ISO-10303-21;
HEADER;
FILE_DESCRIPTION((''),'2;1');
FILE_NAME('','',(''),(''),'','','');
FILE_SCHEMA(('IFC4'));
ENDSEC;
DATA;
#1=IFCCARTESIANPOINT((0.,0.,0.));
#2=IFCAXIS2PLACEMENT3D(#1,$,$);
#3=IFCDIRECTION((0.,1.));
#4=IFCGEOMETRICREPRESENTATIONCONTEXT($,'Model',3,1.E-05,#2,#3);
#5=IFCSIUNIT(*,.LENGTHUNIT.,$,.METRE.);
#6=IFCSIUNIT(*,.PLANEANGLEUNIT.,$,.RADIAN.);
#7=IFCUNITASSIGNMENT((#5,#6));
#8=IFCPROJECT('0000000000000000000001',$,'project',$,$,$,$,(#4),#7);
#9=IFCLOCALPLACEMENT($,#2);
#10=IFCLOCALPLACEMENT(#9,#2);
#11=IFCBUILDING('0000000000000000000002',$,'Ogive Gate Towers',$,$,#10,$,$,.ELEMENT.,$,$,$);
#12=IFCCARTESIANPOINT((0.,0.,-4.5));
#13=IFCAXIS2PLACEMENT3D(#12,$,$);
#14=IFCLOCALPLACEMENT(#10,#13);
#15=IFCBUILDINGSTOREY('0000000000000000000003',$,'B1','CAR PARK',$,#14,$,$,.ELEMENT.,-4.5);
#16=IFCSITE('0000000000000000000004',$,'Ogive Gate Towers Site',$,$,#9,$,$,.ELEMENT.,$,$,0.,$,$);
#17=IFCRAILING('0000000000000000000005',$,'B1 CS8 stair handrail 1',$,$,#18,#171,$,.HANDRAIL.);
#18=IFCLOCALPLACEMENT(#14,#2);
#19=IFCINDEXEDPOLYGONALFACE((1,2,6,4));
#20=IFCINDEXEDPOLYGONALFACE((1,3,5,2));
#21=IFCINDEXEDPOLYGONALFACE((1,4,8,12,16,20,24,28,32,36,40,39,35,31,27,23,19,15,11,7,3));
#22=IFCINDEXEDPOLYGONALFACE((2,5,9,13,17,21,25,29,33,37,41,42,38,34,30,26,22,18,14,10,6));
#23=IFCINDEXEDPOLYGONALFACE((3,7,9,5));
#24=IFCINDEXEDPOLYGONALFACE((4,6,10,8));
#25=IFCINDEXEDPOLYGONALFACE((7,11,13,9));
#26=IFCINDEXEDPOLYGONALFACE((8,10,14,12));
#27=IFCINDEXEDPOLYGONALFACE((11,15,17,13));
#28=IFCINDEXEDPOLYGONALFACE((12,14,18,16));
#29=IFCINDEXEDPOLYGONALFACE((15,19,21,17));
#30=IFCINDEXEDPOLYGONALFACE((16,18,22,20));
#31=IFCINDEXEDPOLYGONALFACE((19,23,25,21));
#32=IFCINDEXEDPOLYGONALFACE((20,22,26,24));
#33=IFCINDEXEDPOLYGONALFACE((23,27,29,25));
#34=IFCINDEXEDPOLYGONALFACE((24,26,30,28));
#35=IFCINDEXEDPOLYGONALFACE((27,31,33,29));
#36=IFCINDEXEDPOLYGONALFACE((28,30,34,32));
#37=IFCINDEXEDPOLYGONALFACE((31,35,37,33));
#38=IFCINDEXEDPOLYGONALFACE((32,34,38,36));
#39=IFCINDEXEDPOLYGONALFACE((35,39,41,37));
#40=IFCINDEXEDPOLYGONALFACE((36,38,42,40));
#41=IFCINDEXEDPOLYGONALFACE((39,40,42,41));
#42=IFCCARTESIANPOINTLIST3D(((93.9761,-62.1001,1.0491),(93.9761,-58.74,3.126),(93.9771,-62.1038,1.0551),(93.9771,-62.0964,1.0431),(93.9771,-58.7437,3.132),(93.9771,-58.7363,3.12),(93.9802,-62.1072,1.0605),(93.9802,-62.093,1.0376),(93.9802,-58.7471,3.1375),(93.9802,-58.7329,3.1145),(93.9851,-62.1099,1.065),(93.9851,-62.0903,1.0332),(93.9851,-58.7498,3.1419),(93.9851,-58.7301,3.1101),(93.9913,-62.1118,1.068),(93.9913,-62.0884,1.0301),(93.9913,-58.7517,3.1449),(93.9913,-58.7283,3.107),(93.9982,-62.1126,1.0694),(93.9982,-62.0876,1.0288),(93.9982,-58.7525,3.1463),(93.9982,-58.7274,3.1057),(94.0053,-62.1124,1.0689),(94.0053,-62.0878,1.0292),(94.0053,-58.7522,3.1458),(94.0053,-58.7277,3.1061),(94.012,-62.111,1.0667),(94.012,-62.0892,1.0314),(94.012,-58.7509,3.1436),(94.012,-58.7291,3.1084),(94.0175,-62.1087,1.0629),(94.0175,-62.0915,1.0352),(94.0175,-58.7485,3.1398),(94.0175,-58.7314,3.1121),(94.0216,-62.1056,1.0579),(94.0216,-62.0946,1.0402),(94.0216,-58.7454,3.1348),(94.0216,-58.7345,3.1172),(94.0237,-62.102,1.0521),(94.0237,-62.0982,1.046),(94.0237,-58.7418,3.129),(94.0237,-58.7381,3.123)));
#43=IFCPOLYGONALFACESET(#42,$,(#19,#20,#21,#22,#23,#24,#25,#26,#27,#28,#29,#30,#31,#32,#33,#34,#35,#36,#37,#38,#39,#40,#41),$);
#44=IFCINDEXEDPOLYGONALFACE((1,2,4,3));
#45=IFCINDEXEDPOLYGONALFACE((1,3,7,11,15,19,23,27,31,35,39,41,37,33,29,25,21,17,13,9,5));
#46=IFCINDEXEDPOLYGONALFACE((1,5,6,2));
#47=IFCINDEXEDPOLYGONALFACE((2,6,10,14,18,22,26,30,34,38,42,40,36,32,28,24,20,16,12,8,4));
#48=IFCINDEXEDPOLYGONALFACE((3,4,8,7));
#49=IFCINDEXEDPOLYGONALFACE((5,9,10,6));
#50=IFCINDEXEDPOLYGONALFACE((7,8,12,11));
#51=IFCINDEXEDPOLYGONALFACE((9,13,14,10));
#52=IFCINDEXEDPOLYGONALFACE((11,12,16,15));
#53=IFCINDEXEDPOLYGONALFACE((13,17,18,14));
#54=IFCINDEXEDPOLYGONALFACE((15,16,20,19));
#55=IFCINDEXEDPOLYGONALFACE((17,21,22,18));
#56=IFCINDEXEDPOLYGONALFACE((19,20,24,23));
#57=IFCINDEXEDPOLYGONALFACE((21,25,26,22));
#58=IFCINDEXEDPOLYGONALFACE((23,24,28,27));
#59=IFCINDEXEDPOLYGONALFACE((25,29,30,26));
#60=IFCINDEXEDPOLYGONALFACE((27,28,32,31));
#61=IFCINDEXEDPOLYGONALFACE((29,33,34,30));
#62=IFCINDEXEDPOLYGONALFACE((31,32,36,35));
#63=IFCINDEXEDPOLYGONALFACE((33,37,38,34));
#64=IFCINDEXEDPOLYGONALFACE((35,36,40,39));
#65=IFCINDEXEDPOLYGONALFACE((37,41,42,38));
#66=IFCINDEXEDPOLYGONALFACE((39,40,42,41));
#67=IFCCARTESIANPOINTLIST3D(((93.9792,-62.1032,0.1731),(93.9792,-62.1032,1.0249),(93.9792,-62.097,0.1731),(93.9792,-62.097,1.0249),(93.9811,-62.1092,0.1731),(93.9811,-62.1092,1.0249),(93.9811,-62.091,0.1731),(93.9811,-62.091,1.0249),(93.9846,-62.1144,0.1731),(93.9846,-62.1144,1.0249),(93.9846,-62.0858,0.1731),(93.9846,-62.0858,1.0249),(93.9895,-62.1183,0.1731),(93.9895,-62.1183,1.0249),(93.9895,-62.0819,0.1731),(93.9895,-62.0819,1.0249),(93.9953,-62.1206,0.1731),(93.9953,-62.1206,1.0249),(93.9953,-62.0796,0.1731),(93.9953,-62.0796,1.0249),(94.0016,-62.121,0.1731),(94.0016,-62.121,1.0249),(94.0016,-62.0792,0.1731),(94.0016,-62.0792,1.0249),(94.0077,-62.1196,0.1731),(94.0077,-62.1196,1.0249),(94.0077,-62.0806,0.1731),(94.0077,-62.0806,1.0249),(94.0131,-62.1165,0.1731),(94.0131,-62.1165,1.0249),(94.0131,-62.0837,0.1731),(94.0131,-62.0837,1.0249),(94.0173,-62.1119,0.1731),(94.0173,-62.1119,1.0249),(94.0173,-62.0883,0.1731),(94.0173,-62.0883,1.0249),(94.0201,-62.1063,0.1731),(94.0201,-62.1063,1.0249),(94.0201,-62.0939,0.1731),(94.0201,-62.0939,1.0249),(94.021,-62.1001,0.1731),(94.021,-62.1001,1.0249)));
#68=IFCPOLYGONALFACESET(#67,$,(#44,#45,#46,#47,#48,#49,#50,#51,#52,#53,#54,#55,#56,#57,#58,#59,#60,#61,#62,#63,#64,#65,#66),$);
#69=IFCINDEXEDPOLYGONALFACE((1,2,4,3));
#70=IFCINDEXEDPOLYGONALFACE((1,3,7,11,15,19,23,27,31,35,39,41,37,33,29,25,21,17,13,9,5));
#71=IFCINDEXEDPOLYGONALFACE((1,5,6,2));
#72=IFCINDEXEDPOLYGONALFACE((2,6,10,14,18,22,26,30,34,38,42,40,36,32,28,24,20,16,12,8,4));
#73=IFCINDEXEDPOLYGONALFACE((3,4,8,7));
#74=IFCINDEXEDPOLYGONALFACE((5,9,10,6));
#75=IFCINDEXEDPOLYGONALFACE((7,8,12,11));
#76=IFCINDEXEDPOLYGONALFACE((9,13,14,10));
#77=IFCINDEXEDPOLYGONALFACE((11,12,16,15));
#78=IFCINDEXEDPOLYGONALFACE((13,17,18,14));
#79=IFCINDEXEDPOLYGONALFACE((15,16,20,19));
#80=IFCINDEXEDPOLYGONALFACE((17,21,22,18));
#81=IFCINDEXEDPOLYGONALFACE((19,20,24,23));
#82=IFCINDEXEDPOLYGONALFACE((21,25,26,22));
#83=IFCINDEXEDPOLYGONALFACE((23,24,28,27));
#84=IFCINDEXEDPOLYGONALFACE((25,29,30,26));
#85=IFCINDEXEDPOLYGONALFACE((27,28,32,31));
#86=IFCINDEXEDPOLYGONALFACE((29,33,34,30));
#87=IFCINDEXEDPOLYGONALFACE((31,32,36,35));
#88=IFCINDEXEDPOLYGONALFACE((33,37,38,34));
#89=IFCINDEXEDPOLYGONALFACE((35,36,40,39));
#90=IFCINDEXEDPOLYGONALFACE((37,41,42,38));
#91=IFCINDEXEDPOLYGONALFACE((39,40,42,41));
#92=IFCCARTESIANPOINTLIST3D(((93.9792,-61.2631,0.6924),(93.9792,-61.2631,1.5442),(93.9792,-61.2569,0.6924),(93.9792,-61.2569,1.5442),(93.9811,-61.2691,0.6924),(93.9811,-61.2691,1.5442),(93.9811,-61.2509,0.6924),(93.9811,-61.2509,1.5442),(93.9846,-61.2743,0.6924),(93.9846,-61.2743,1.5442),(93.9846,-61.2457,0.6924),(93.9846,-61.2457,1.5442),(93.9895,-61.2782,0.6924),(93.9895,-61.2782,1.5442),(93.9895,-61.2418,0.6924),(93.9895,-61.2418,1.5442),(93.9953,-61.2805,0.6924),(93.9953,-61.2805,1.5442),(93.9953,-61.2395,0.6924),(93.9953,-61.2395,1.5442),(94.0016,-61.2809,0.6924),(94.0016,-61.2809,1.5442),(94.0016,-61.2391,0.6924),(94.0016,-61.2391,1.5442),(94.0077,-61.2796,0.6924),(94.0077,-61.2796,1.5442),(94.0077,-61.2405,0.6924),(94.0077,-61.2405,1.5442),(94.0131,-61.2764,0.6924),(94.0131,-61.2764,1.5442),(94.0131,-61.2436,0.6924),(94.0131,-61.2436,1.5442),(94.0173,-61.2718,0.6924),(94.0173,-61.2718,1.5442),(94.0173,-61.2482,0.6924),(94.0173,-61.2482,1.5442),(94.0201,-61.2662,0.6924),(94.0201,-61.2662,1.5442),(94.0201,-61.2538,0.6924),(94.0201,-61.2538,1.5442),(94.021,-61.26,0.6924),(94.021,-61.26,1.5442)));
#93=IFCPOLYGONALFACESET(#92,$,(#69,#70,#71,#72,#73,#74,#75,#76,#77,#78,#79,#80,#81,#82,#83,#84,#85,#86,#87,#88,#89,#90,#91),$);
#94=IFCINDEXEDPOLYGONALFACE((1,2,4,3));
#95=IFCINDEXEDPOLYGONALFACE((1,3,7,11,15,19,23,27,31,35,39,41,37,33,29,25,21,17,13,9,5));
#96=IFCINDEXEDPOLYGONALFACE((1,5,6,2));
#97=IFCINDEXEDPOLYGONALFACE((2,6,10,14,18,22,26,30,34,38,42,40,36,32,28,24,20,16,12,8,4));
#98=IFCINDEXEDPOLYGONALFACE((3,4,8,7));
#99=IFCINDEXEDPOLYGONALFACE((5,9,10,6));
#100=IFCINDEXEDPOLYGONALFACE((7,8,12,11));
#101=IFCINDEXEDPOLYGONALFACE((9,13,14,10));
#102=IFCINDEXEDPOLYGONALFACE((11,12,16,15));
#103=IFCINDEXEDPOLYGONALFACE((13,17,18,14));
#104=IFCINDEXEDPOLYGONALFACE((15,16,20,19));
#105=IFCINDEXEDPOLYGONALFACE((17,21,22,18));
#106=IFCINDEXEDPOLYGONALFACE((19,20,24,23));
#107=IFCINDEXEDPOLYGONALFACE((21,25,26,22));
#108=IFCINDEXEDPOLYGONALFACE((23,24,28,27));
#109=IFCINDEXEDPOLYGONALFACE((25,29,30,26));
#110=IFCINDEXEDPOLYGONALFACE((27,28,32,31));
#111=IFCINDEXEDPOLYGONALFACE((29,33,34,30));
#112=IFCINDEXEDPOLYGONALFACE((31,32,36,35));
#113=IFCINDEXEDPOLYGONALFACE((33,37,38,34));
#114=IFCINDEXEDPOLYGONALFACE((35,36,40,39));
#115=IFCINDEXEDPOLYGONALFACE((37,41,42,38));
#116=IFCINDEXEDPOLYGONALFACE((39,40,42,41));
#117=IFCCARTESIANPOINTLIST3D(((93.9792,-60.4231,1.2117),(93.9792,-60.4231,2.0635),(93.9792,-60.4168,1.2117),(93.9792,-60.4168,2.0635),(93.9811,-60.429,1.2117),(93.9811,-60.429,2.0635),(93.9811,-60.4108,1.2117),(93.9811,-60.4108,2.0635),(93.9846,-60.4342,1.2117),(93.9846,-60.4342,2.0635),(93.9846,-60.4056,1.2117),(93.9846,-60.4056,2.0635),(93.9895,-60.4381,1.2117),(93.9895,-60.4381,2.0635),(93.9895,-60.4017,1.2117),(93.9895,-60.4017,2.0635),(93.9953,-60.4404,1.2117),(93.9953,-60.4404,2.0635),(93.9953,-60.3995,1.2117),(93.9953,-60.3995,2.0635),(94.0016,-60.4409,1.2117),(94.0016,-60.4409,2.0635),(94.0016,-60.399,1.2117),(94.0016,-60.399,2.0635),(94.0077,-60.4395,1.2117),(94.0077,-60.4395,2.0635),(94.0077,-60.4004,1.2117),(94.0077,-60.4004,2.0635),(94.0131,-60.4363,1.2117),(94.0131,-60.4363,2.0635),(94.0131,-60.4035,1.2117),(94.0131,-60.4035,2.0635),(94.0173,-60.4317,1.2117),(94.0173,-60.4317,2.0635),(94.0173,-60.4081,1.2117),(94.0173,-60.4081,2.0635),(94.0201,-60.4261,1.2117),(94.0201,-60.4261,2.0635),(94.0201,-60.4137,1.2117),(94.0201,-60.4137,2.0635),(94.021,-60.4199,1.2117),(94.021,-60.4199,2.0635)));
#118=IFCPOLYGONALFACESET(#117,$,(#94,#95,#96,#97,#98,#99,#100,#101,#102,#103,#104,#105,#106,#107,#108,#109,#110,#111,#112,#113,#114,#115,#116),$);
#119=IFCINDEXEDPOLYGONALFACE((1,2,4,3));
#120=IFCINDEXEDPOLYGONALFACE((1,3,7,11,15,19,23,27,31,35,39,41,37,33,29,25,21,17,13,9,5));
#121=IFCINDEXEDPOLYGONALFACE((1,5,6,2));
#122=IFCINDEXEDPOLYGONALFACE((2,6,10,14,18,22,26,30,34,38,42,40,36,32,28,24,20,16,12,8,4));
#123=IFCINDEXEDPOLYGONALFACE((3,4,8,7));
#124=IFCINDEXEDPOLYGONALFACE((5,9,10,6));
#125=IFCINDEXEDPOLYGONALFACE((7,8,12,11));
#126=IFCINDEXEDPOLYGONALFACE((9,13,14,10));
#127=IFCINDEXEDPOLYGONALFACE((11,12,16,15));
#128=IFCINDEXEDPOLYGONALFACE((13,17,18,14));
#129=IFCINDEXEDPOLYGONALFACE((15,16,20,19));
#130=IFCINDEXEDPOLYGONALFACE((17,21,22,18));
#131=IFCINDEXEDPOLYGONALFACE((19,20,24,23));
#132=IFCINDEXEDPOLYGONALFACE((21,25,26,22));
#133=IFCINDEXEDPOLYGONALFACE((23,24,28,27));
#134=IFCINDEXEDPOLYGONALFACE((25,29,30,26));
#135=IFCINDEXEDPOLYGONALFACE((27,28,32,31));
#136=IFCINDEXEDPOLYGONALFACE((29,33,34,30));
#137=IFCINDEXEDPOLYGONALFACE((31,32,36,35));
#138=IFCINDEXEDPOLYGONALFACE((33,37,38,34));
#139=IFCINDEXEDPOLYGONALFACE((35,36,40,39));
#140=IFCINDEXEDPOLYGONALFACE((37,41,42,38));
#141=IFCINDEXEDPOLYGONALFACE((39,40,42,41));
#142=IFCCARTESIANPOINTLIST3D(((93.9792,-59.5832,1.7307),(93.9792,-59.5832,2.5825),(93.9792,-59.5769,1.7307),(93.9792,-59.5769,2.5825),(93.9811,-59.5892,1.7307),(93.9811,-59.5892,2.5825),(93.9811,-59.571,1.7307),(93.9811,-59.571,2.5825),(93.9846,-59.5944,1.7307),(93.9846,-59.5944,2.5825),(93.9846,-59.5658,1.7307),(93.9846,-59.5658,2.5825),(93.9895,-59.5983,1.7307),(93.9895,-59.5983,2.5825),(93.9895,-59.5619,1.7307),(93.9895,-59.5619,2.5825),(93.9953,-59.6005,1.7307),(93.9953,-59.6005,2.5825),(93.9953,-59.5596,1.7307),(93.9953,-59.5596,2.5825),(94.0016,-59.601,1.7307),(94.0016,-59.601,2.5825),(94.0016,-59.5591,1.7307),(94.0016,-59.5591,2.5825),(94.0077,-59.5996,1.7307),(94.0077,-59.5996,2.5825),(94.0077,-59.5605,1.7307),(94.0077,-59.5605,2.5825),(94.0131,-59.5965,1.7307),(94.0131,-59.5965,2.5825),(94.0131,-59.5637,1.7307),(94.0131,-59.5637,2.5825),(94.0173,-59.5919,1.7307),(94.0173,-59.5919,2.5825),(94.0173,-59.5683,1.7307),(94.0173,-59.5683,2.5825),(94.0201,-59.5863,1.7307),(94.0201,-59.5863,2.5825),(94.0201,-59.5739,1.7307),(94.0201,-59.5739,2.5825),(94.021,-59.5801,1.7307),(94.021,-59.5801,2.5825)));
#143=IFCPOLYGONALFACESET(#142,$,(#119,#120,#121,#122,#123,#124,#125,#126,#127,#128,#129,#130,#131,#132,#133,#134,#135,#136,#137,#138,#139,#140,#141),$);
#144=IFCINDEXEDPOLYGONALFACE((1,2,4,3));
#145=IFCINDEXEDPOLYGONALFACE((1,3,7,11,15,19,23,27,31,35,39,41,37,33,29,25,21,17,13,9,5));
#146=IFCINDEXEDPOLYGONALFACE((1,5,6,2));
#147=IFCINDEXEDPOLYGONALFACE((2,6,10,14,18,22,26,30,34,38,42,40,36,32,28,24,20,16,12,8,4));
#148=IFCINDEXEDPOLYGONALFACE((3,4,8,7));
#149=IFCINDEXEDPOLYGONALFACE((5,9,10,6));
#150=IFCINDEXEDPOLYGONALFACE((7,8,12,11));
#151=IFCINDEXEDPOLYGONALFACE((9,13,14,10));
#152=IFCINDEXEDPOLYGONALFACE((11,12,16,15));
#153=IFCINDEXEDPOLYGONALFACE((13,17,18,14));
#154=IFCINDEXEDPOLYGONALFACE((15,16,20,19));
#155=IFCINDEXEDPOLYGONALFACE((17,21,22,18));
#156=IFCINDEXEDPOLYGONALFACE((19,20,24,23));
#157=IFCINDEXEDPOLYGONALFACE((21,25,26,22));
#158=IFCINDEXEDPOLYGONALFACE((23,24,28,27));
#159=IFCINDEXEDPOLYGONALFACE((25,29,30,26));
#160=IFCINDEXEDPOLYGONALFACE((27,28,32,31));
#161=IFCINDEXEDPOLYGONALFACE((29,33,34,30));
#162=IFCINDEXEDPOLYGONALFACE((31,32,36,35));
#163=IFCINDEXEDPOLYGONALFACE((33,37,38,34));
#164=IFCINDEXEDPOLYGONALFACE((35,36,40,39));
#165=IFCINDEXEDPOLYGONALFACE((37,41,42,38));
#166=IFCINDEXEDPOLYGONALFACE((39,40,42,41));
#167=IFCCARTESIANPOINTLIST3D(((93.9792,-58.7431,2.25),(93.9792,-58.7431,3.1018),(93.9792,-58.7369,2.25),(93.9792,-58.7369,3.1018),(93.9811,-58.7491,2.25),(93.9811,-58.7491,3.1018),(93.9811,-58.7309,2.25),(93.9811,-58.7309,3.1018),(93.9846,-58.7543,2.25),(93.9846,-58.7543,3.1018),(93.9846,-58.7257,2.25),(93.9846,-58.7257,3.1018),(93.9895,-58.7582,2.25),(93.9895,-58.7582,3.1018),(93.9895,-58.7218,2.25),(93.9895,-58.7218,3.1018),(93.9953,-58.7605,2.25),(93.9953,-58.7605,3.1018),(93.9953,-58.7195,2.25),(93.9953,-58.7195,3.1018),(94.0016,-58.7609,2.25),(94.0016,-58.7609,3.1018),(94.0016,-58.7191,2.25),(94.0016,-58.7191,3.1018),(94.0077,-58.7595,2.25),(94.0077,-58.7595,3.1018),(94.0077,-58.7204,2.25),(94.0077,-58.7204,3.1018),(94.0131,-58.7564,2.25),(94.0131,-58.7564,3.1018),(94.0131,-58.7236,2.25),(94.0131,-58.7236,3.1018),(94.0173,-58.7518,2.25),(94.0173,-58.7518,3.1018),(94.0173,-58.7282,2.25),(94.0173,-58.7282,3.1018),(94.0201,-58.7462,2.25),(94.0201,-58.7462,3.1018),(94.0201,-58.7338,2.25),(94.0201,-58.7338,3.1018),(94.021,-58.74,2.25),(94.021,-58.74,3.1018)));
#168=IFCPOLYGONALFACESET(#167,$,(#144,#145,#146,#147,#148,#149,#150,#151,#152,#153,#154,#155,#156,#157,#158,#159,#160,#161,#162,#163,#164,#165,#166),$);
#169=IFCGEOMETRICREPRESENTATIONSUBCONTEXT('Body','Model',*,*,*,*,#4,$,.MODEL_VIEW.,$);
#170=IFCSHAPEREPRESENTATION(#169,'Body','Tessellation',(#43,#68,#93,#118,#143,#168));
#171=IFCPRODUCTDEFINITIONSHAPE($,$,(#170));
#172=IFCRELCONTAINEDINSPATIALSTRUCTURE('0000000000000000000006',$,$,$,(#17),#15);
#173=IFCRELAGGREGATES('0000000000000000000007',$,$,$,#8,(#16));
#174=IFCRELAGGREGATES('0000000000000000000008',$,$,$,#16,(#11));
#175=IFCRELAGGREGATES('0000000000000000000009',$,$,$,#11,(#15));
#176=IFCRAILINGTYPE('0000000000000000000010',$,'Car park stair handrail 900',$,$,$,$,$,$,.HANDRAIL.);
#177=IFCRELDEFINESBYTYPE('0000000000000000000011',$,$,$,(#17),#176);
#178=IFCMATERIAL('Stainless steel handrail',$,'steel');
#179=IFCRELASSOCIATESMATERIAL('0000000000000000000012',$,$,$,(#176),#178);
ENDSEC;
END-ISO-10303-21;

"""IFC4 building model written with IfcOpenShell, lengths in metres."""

from ifc_helpers import new_model, si_unit, direction, frame, origin, origin_2d, place, context, subcontext, project, spatial, circle, extrude, material, type_object, element, save


model = new_model("IFC4")

# Units and contexts
model_context = context("Model", 3, precision=1e-05, world=origin(), true_north=direction((0.0, 1.0)))
body_context = subcontext(model_context, "Body", "Model", "MODEL_VIEW")
ifc_project = project(units=[si_unit("LENGTHUNIT", "METRE"), si_unit("PLANEANGLEUNIT", "RADIAN")], contexts=[model_context])

# Site, building, storey
site_placement = place(None, origin())
site = spatial("IfcSite", under=ifc_project, at=site_placement, Name="Ogive Gate Towers Site", CompositionType="ELEMENT", RefElevation=0.0)
building_placement = place(site_placement, origin())
building = spatial("IfcBuilding", under=site, at=building_placement, Name="Ogive Gate Towers", CompositionType="ELEMENT")
storey_placement = place(building_placement, frame((0.0, 0.0, -4.5)))
storey = spatial("IfcBuildingStorey", under=building, at=storey_placement, Name="B1", Description="CAR PARK", CompositionType="ELEMENT", Elevation=-4.5)

# Railing
ifc_material_1 = material(Name="Stainless steel handrail", Category="steel")
railing_type_1 = type_object("IfcRailingType", Name="Car park stair handrail 900", PredefinedType="HANDRAIL", material=ifc_material_1)
railing_1_placement = place(storey_placement, frame((94.0, -62.1001, 0.1731)))
element("IfcRailing", 1, at=railing_1_placement, inside=storey, type_object=railing_type_1, Name="B1 CS8 stair handrail 1", PredefinedType="HANDRAIL", context=body_context, shape_type="SweptSolid", body=[
    extrude(circle(Radius=0.0239, at=origin_2d()), frame((0.0, 0.0, 0.876), z_axis=(0.0, 0.850623, 0.525776), x_axis=(-1.0, 0.0, 0.0)), (0.0, 0.0, 1.0), 3.9502),
    extrude(circle(Radius=0.021, at=origin_2d()), origin(), (0.0, 0.0, 1.0), 0.8518),
    extrude(circle(Radius=0.021, at=origin_2d()), frame((0.0, 0.8401, 0.5193)), (0.0, 0.0, 1.0), 0.8518),
    extrude(circle(Radius=0.021, at=origin_2d()), frame((0.0, 1.6802, 1.0386)), (0.0, 0.0, 1.0), 0.8518),
    extrude(circle(Radius=0.021, at=origin_2d()), frame((0.0, 2.52, 1.5576)), (0.0, 0.0, 1.0), 0.8518),
    extrude(circle(Radius=0.021, at=origin_2d()), frame((0.0, 3.3601, 2.0769)), (0.0, 0.0, 1.0), 0.8518),
])

save(model, "model.ifc")
